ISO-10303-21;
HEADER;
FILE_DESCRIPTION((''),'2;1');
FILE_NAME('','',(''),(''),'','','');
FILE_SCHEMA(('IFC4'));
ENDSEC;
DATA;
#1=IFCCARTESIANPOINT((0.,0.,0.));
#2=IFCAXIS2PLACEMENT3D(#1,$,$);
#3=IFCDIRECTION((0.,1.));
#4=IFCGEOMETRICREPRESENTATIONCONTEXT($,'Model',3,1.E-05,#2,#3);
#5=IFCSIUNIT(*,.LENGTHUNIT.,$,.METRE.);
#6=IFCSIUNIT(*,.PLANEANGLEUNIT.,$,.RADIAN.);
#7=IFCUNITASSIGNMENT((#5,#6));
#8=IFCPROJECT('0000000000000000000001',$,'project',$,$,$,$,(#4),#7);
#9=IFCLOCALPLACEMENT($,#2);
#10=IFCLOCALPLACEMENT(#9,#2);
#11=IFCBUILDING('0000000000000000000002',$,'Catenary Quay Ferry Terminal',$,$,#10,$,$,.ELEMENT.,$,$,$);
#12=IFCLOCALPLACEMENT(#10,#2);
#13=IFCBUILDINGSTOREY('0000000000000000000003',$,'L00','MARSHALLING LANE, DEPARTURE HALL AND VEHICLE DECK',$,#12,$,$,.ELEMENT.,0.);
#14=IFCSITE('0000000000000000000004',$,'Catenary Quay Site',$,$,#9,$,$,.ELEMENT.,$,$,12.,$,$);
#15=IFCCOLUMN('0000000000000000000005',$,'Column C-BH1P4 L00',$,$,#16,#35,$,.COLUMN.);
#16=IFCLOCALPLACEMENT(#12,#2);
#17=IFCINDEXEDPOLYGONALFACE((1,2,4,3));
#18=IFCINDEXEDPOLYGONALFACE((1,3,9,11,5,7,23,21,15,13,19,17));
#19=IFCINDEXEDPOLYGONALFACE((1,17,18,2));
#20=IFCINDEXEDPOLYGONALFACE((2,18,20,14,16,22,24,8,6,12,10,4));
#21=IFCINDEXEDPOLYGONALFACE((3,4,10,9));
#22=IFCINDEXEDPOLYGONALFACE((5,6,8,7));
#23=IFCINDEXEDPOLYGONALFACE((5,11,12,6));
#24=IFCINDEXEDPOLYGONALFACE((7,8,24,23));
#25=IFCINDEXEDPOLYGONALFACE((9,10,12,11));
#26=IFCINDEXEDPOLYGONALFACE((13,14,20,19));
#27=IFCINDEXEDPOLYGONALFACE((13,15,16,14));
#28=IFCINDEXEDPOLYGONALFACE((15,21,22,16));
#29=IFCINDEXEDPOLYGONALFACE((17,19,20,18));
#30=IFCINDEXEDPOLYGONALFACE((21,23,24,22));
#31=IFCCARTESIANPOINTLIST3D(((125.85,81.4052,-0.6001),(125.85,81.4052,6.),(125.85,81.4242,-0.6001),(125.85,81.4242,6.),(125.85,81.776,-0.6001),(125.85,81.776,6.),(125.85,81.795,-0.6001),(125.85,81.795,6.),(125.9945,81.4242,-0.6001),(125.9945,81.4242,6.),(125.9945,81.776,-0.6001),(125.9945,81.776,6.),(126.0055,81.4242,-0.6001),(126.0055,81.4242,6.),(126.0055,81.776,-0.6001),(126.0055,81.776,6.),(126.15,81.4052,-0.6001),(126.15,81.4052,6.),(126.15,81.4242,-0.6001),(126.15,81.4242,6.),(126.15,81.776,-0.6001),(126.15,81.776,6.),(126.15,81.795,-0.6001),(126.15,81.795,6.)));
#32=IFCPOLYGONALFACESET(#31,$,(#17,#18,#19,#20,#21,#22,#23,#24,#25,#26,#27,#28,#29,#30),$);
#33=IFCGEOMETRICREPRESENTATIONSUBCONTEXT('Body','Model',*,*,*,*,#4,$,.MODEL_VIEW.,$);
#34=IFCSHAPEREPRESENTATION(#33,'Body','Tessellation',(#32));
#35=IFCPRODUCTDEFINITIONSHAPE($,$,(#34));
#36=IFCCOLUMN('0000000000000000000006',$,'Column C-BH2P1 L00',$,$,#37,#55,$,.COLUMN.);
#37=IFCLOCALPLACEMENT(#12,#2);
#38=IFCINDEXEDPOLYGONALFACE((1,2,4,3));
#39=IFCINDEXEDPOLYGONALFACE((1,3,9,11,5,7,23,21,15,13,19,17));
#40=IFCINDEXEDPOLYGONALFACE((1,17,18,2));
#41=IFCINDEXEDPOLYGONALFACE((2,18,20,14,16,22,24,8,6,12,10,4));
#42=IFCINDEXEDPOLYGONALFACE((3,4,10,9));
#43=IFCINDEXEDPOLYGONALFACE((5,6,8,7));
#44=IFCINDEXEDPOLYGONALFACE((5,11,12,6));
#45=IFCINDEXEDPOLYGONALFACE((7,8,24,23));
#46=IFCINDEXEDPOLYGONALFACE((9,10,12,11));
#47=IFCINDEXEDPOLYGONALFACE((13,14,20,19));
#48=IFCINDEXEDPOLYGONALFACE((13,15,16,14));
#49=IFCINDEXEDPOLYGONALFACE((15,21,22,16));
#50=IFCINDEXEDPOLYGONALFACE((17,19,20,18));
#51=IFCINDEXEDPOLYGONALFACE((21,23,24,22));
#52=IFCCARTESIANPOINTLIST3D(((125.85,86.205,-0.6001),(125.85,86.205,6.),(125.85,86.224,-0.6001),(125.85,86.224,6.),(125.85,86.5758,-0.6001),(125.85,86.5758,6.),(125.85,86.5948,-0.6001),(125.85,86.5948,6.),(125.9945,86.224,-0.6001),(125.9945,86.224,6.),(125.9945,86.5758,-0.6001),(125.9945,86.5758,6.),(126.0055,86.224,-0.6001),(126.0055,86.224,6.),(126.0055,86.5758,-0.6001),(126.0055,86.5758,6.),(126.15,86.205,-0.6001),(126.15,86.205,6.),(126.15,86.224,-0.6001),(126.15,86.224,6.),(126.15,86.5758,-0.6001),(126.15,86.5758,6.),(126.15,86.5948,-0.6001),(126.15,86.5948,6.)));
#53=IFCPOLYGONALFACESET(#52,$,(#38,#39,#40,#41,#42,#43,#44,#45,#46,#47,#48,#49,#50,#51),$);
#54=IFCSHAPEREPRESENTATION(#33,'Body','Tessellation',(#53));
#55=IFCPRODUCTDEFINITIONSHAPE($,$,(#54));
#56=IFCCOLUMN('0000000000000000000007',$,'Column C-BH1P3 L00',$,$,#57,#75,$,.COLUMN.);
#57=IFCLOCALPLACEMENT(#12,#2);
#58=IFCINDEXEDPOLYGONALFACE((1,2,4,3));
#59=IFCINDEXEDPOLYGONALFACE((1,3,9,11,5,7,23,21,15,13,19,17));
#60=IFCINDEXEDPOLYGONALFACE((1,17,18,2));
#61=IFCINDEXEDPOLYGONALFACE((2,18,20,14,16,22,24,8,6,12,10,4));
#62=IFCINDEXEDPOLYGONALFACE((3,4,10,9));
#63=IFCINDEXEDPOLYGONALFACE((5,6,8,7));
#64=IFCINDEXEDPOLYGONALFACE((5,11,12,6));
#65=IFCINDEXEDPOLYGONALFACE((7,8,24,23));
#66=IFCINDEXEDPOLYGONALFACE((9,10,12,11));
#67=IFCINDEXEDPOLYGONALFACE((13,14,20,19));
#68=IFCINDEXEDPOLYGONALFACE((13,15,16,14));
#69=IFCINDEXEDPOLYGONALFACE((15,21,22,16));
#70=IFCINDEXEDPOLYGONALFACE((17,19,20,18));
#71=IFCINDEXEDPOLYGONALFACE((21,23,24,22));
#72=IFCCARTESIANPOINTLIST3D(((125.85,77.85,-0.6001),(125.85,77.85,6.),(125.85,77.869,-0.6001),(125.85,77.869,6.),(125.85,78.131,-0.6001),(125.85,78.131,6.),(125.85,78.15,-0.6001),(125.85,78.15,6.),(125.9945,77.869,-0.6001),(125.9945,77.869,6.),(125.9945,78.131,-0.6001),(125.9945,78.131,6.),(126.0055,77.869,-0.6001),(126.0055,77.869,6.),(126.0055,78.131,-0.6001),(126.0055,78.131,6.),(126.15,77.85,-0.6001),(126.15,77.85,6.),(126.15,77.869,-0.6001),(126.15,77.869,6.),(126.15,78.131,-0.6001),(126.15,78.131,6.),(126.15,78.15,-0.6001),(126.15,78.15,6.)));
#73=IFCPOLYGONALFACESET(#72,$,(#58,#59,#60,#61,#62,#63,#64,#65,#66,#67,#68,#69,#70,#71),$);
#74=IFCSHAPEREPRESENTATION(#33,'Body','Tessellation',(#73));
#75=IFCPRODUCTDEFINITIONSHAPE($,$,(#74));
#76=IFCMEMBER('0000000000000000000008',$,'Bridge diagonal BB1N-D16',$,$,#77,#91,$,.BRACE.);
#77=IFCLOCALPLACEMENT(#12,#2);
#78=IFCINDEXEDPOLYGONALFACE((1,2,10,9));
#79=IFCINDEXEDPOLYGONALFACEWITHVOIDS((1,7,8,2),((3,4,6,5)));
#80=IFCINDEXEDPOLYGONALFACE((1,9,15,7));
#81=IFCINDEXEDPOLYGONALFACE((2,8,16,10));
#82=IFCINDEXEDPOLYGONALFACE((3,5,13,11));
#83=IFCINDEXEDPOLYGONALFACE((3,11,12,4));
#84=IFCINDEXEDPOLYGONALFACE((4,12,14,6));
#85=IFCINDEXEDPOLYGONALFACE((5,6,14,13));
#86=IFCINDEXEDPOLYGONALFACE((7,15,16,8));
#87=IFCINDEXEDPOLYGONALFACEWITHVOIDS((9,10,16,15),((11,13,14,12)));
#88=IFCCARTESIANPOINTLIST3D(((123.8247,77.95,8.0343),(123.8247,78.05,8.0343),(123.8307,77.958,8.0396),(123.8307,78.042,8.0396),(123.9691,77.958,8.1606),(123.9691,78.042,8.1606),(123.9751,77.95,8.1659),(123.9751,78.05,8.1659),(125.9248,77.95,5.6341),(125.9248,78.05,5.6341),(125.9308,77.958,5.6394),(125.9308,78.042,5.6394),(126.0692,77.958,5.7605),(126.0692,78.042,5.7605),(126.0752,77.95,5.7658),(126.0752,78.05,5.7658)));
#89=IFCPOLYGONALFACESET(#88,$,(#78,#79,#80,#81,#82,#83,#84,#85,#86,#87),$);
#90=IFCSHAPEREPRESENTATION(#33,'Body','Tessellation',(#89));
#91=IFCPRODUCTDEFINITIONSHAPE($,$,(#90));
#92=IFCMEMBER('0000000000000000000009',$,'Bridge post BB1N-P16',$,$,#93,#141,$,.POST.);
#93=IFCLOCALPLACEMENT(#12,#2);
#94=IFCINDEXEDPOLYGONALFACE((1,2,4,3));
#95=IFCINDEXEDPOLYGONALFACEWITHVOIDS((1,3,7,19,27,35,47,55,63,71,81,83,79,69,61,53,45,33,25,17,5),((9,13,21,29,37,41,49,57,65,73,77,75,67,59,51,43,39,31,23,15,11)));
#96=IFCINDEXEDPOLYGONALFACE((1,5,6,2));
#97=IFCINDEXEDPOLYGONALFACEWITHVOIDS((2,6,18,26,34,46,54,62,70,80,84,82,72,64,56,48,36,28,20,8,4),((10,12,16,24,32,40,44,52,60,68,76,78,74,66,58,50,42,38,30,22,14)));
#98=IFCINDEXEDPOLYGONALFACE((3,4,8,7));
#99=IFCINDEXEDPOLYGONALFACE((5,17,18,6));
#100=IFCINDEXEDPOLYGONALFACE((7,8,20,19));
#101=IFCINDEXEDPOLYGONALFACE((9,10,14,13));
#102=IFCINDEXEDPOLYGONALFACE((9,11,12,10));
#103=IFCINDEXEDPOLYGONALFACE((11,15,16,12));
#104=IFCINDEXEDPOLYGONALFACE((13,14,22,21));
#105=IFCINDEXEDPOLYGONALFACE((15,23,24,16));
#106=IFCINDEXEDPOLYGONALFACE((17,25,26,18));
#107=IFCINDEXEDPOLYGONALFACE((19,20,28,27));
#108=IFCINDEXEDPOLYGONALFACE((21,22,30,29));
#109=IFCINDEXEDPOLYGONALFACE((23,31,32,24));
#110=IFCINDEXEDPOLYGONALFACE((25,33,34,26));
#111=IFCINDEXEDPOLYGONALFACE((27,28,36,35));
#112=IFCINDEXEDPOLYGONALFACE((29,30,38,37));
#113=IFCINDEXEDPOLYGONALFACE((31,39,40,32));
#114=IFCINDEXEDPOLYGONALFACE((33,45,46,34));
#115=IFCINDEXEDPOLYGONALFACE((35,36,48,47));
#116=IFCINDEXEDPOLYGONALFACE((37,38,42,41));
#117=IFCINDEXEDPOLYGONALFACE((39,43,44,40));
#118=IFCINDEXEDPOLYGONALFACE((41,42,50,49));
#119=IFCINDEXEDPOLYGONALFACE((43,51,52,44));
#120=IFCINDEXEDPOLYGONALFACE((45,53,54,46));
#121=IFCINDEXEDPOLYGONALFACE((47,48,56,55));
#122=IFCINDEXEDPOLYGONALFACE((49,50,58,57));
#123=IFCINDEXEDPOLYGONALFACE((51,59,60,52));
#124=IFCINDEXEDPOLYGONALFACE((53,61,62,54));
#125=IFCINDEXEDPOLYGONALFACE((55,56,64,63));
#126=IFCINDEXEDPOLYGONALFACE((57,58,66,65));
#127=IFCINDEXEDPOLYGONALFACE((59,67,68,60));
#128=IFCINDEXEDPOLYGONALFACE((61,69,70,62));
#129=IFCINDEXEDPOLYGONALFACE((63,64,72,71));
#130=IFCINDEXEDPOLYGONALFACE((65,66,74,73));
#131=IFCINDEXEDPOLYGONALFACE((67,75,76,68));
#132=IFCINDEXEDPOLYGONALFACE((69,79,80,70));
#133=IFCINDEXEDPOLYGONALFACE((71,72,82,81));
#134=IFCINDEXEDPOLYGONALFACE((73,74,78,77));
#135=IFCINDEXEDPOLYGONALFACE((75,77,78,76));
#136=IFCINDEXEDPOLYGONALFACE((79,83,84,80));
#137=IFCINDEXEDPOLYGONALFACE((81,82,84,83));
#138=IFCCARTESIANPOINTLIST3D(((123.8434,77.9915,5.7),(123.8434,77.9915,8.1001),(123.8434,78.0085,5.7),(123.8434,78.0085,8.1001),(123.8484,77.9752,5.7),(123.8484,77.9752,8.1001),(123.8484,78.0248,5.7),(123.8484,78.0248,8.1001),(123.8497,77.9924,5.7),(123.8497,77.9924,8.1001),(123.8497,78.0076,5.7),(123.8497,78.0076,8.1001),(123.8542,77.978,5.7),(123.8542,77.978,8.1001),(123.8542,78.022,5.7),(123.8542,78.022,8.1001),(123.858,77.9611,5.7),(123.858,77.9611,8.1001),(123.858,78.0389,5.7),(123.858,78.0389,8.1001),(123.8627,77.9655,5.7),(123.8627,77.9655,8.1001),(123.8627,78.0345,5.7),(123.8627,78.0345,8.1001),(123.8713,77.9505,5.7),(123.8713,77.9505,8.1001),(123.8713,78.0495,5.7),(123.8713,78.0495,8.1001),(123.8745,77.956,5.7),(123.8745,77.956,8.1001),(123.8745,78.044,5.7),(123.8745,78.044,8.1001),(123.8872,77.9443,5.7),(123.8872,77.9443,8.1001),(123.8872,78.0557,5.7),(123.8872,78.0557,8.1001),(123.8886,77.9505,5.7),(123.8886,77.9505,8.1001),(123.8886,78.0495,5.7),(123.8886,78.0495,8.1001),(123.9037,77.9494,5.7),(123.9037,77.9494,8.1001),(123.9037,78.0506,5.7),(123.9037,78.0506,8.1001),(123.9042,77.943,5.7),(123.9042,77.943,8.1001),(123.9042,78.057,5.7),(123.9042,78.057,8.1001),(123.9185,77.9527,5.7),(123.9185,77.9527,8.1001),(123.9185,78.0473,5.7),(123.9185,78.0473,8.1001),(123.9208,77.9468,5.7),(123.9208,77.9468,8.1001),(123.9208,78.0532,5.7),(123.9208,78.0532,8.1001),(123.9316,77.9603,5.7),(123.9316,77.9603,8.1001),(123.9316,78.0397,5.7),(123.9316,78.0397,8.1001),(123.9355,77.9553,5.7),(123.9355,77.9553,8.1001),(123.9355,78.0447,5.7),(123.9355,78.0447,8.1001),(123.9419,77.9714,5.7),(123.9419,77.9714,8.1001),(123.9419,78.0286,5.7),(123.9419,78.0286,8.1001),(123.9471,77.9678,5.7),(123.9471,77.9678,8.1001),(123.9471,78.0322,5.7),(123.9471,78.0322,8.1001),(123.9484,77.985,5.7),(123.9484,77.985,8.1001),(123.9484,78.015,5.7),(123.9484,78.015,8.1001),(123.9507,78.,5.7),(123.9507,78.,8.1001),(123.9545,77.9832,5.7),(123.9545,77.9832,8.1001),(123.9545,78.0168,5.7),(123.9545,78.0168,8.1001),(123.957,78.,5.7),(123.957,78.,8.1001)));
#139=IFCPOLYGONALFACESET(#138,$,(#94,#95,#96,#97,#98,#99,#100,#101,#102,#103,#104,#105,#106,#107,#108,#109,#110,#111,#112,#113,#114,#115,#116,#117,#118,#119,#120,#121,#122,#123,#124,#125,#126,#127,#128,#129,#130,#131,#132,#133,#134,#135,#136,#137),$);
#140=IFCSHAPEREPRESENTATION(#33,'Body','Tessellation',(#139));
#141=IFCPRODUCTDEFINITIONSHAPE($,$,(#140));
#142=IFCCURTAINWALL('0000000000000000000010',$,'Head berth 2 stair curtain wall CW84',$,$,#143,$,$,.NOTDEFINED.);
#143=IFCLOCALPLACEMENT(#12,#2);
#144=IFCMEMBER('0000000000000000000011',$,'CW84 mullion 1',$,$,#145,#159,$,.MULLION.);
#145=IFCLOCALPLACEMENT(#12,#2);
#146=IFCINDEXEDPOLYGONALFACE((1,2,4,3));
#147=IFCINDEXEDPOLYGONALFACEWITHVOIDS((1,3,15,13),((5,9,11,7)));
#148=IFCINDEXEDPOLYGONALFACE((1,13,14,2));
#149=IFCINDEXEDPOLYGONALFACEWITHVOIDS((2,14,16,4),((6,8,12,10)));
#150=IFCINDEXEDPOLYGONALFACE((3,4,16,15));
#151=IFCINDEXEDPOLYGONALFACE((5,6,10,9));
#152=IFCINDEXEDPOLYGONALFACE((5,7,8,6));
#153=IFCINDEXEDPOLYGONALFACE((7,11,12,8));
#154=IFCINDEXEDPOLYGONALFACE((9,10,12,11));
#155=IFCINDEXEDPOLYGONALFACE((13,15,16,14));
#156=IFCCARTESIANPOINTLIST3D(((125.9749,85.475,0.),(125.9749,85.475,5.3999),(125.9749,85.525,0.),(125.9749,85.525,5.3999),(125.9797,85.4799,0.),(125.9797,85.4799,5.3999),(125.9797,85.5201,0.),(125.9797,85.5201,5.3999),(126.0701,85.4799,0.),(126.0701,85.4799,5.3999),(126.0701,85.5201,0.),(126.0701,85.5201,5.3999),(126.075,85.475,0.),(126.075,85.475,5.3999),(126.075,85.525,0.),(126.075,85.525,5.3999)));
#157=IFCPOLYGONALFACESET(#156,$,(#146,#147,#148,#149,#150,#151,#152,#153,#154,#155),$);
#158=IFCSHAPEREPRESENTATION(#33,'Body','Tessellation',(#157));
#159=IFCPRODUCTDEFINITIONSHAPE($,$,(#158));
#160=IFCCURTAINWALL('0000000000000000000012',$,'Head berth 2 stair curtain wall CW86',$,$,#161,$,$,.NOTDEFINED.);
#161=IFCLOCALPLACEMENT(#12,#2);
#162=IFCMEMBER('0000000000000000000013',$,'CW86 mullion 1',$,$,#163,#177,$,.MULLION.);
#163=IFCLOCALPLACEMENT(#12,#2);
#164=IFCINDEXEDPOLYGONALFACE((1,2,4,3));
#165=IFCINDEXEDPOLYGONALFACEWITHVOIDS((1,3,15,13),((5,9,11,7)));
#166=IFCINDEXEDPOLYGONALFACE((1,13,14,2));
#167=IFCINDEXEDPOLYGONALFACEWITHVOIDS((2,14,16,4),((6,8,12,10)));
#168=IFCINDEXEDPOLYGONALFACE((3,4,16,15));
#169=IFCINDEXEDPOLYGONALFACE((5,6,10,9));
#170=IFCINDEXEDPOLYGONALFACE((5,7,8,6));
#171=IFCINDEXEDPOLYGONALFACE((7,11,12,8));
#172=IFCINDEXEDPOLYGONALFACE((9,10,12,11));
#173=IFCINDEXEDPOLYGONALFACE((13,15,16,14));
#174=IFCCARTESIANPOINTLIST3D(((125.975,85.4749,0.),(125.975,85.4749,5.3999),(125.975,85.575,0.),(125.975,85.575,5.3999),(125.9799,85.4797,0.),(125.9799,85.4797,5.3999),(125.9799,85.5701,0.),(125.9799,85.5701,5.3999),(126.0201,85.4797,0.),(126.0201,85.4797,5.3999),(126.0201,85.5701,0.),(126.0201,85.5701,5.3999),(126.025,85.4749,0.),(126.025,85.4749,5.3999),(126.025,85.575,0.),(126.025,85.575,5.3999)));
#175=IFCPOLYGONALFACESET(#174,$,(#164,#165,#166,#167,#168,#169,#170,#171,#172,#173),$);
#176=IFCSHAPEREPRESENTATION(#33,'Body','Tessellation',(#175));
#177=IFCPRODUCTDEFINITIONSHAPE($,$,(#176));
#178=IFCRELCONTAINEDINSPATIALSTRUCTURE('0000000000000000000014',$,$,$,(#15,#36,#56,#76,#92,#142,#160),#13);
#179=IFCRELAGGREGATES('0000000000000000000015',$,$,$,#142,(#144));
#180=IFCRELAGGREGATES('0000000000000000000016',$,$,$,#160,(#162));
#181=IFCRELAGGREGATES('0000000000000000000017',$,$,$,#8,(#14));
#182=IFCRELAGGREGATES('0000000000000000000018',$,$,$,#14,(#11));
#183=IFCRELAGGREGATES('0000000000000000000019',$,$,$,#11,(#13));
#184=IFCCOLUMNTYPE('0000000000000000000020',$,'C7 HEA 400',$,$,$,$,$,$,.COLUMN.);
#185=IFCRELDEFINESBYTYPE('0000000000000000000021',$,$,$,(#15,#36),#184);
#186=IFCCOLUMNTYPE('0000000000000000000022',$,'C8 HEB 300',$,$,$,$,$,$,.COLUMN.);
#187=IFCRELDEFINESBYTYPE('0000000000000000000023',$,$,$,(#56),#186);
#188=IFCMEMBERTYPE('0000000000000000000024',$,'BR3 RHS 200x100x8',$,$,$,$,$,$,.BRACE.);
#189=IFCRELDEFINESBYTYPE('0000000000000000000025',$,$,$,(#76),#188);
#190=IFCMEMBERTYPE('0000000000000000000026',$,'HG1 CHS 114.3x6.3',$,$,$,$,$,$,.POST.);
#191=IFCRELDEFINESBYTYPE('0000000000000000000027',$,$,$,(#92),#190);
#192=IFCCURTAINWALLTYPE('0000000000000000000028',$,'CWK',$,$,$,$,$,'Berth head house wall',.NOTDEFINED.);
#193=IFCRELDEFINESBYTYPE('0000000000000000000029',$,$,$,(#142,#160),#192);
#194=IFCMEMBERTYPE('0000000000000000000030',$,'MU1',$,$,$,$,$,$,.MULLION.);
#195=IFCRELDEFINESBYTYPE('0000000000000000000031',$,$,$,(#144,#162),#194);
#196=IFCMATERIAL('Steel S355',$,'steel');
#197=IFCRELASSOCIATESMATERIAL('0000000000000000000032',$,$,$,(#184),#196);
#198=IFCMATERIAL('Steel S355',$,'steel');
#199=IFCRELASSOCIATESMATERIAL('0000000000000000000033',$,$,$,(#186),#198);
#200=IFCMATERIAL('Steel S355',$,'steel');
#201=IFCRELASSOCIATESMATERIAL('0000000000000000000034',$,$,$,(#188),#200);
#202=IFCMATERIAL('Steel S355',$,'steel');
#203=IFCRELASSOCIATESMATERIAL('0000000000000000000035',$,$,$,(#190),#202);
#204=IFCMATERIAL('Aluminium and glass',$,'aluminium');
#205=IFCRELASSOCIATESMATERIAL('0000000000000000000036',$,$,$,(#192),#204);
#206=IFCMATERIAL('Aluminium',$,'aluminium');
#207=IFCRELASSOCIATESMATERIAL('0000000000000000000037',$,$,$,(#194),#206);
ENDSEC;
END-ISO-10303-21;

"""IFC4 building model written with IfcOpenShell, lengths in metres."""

from ifc_helpers import new_model, si_unit, direction, frame, origin, origin_2d, place, context, subcontext, project, spatial, hollow_rectangle, hollow_circle, i_section, extrude, material, material_profile, profile_set, type_object, element, aggregate, save


model = new_model("IFC4")

# Units and contexts
model_context = context("Model", 3, precision=1e-05, world=origin(), true_north=direction((0.0, 1.0)))
body_context = subcontext(model_context, "Body", "Model", "MODEL_VIEW")
ifc_project = project(units=[si_unit("LENGTHUNIT", "METRE"), si_unit("PLANEANGLEUNIT", "RADIAN")], contexts=[model_context])

# Site, building, storey
site_placement = place(None, origin())
site = spatial("IfcSite", under=ifc_project, at=site_placement, Name="Catenary Quay Site", CompositionType="ELEMENT", RefElevation=12.0)
building_placement = place(site_placement, origin())
building = spatial("IfcBuilding", under=site, at=building_placement, Name="Catenary Quay Ferry Terminal", CompositionType="ELEMENT")
storey_placement = place(building_placement, origin())
storey = spatial("IfcBuildingStorey", under=building, at=storey_placement, Name="L00", Description="MARSHALLING LANE, DEPARTURE HALL AND VEHICLE DECK", CompositionType="ELEMENT", Elevation=0.0)

# Columns
ifc_material_1 = material(Name="Steel S355", Category="steel")
ifc_material_profile_1 = material_profile(ifc_material_1, i_section(OverallWidth=0.3, OverallDepth=0.3899, WebThickness=0.011, FlangeThickness=0.019, at=origin_2d()), Name="HEA 400")
ifc_profile_set_1 = profile_set([ifc_material_profile_1], Name="Steel S355")
column_type_1 = type_object("IfcColumnType", Name="C7 HEA 400", PredefinedType="COLUMN", material=ifc_profile_set_1)
for number, where, z_axis, x_axis, name in (
    (1, (126.0, 81.6001, -0.6001), (0.0, 0.0, 1.0), (1.0, 0.0, 0.0), "Column C-BH1P4 L00"),
    (2, (126.0, 86.3999, -0.6001), (0.0, 0.0, 1.0), (1.0, 0.0, 0.0), "Column C-BH2P1 L00"),
):
    element("IfcColumn", number, at=place(storey_placement, frame(where, z_axis=z_axis, x_axis=x_axis)), inside=storey, type_object=column_type_1, Name=name, PredefinedType="COLUMN", context=body_context, shape_type="SweptSolid", body=[
        extrude(i_section(OverallWidth=0.3, OverallDepth=0.3899, WebThickness=0.011, FlangeThickness=0.019, at=origin_2d()), origin(), (0.0, 0.0, 1.0), 6.6001),
    ])
ifc_material_2 = material(Name="Steel S355", Category="steel")
ifc_material_profile_2 = material_profile(ifc_material_2, i_section(OverallWidth=0.3, OverallDepth=0.3, WebThickness=0.011, FlangeThickness=0.019, at=origin_2d()), Name="HEB 300")
ifc_profile_set_2 = profile_set([ifc_material_profile_2], Name="Steel S355")
column_type_2 = type_object("IfcColumnType", Name="C8 HEB 300", PredefinedType="COLUMN", material=ifc_profile_set_2)
column_placement = place(storey_placement, frame((126.0, 78.0, -0.6001), z_axis=(0.0, 0.0, 1.0), x_axis=(1.0, 0.0, 0.0)))
element("IfcColumn", 3, at=column_placement, inside=storey, type_object=column_type_2, Name="Column C-BH1P3 L00", PredefinedType="COLUMN", context=body_context, shape_type="SweptSolid", body=[
    extrude(i_section(OverallWidth=0.3, OverallDepth=0.3, WebThickness=0.011, FlangeThickness=0.019, at=origin_2d()), origin(), (0.0, 0.0, 1.0), 6.6001),
])

# Members
ifc_material_3 = material(Name="Steel S355", Category="steel")
ifc_material_profile_3 = material_profile(ifc_material_3, hollow_rectangle(XDim=0.1001, YDim=0.2, WallThickness=0.0081, at=origin_2d()), Name="RHS 200x100x8")
ifc_profile_set_3 = profile_set([ifc_material_profile_3], Name="Steel S355")
member_type_1 = type_object("IfcMemberType", Name="BR3 RHS 200x100x8", PredefinedType="BRACE", material=ifc_profile_set_3)
member_1_placement = place(storey_placement, frame((123.8999, 78.0, 8.1001), z_axis=(0.658499, 0.0, -0.752581), x_axis=(0.0, 1.0, 0.0)))
element("IfcMember", 4, at=member_1_placement, inside=storey, type_object=member_type_1, Name="Bridge diagonal BB1N-D16", PredefinedType="BRACE", context=body_context, shape_type="SweptSolid", body=[
    extrude(hollow_rectangle(XDim=0.1001, YDim=0.2, WallThickness=0.0081, at=origin_2d()), origin(), (0.0, 0.0, 1.0), 3.1892),
])
ifc_material_4 = material(Name="Steel S355", Category="steel")
ifc_material_profile_4 = material_profile(ifc_material_4, hollow_circle(Radius=0.0571, WallThickness=0.0063, at=origin_2d()), Name="CHS 114.3x6.3")
ifc_profile_set_4 = profile_set([ifc_material_profile_4], Name="Steel S355")
member_type_2 = type_object("IfcMemberType", Name="HG1 CHS 114.3x6.3", PredefinedType="POST", material=ifc_profile_set_4)
member_2_placement = place(storey_placement, frame((123.8999, 78.0, 5.7), z_axis=(0.0, 0.0, 1.0), x_axis=(1.0, 0.0, 0.0)))
element("IfcMember", 5, at=member_2_placement, inside=storey, type_object=member_type_2, Name="Bridge post BB1N-P16", PredefinedType="POST", context=body_context, shape_type="SweptSolid", body=[
    extrude(hollow_circle(Radius=0.0571, WallThickness=0.0063, at=origin_2d()), origin(), (0.0, 0.0, 1.0), 2.4001),
])

# Curtain wall, member
ifc_material_5 = material(Name="Aluminium and glass", Category="aluminium")
curtain_wall_type = type_object("IfcCurtainWallType", Name="CWK", ElementType="Berth head house wall", PredefinedType="NOTDEFINED", material=ifc_material_5)
curtain_wall_1_placement = place(storey_placement, origin())
curtain_wall_1 = element("IfcCurtainWall", 6, at=curtain_wall_1_placement, inside=storey, type_object=curtain_wall_type, Name="Head berth 2 stair curtain wall CW84", PredefinedType="NOTDEFINED")
ifc_material_6 = material(Name="Aluminium", Category="aluminium")
ifc_material_profile_5 = material_profile(ifc_material_6, hollow_rectangle(XDim=0.05, YDim=0.1001, WallThickness=0.0049, at=origin_2d()), Name="MU1")
ifc_profile_set_5 = profile_set([ifc_material_profile_5], Name="Aluminium")
member_type_3 = type_object("IfcMemberType", Name="MU1", PredefinedType="MULLION", material=ifc_profile_set_5)
member_3_placement = place(storey_placement, frame((126.0249, 85.5, 0.0), z_axis=(0.0, 0.0, 1.0), x_axis=(0.0, 1.0, 0.0)))
member_3 = element("IfcMember", 7, at=member_3_placement, type_object=member_type_3, Name="CW84 mullion 1", PredefinedType="MULLION", context=body_context, shape_type="SweptSolid", body=[
    extrude(hollow_rectangle(XDim=0.05, YDim=0.1001, WallThickness=0.0049, at=origin_2d()), origin(), (0.0, 0.0, 1.0), 5.3999),
])

# Curtain wall, member
curtain_wall_2_placement = place(storey_placement, origin())
curtain_wall_2 = element("IfcCurtainWall", 8, at=curtain_wall_2_placement, inside=storey, type_object=curtain_wall_type, Name="Head berth 2 stair curtain wall CW86", PredefinedType="NOTDEFINED")
member_4_placement = place(storey_placement, frame((126.0, 85.5249, 0.0), z_axis=(0.0, 0.0, 1.0), x_axis=(-1.0, 0.0, 0.0)))
member_4 = element("IfcMember", 9, at=member_4_placement, type_object=member_type_3, Name="CW86 mullion 1", PredefinedType="MULLION", context=body_context, shape_type="SweptSolid", body=[
    extrude(hollow_rectangle(XDim=0.05, YDim=0.1001, WallThickness=0.0049, at=origin_2d()), origin(), (0.0, 0.0, 1.0), 5.3999),
])

aggregate(curtain_wall_1, [member_3])

aggregate(curtain_wall_2, [member_4])

save(model, "model.ifc")
